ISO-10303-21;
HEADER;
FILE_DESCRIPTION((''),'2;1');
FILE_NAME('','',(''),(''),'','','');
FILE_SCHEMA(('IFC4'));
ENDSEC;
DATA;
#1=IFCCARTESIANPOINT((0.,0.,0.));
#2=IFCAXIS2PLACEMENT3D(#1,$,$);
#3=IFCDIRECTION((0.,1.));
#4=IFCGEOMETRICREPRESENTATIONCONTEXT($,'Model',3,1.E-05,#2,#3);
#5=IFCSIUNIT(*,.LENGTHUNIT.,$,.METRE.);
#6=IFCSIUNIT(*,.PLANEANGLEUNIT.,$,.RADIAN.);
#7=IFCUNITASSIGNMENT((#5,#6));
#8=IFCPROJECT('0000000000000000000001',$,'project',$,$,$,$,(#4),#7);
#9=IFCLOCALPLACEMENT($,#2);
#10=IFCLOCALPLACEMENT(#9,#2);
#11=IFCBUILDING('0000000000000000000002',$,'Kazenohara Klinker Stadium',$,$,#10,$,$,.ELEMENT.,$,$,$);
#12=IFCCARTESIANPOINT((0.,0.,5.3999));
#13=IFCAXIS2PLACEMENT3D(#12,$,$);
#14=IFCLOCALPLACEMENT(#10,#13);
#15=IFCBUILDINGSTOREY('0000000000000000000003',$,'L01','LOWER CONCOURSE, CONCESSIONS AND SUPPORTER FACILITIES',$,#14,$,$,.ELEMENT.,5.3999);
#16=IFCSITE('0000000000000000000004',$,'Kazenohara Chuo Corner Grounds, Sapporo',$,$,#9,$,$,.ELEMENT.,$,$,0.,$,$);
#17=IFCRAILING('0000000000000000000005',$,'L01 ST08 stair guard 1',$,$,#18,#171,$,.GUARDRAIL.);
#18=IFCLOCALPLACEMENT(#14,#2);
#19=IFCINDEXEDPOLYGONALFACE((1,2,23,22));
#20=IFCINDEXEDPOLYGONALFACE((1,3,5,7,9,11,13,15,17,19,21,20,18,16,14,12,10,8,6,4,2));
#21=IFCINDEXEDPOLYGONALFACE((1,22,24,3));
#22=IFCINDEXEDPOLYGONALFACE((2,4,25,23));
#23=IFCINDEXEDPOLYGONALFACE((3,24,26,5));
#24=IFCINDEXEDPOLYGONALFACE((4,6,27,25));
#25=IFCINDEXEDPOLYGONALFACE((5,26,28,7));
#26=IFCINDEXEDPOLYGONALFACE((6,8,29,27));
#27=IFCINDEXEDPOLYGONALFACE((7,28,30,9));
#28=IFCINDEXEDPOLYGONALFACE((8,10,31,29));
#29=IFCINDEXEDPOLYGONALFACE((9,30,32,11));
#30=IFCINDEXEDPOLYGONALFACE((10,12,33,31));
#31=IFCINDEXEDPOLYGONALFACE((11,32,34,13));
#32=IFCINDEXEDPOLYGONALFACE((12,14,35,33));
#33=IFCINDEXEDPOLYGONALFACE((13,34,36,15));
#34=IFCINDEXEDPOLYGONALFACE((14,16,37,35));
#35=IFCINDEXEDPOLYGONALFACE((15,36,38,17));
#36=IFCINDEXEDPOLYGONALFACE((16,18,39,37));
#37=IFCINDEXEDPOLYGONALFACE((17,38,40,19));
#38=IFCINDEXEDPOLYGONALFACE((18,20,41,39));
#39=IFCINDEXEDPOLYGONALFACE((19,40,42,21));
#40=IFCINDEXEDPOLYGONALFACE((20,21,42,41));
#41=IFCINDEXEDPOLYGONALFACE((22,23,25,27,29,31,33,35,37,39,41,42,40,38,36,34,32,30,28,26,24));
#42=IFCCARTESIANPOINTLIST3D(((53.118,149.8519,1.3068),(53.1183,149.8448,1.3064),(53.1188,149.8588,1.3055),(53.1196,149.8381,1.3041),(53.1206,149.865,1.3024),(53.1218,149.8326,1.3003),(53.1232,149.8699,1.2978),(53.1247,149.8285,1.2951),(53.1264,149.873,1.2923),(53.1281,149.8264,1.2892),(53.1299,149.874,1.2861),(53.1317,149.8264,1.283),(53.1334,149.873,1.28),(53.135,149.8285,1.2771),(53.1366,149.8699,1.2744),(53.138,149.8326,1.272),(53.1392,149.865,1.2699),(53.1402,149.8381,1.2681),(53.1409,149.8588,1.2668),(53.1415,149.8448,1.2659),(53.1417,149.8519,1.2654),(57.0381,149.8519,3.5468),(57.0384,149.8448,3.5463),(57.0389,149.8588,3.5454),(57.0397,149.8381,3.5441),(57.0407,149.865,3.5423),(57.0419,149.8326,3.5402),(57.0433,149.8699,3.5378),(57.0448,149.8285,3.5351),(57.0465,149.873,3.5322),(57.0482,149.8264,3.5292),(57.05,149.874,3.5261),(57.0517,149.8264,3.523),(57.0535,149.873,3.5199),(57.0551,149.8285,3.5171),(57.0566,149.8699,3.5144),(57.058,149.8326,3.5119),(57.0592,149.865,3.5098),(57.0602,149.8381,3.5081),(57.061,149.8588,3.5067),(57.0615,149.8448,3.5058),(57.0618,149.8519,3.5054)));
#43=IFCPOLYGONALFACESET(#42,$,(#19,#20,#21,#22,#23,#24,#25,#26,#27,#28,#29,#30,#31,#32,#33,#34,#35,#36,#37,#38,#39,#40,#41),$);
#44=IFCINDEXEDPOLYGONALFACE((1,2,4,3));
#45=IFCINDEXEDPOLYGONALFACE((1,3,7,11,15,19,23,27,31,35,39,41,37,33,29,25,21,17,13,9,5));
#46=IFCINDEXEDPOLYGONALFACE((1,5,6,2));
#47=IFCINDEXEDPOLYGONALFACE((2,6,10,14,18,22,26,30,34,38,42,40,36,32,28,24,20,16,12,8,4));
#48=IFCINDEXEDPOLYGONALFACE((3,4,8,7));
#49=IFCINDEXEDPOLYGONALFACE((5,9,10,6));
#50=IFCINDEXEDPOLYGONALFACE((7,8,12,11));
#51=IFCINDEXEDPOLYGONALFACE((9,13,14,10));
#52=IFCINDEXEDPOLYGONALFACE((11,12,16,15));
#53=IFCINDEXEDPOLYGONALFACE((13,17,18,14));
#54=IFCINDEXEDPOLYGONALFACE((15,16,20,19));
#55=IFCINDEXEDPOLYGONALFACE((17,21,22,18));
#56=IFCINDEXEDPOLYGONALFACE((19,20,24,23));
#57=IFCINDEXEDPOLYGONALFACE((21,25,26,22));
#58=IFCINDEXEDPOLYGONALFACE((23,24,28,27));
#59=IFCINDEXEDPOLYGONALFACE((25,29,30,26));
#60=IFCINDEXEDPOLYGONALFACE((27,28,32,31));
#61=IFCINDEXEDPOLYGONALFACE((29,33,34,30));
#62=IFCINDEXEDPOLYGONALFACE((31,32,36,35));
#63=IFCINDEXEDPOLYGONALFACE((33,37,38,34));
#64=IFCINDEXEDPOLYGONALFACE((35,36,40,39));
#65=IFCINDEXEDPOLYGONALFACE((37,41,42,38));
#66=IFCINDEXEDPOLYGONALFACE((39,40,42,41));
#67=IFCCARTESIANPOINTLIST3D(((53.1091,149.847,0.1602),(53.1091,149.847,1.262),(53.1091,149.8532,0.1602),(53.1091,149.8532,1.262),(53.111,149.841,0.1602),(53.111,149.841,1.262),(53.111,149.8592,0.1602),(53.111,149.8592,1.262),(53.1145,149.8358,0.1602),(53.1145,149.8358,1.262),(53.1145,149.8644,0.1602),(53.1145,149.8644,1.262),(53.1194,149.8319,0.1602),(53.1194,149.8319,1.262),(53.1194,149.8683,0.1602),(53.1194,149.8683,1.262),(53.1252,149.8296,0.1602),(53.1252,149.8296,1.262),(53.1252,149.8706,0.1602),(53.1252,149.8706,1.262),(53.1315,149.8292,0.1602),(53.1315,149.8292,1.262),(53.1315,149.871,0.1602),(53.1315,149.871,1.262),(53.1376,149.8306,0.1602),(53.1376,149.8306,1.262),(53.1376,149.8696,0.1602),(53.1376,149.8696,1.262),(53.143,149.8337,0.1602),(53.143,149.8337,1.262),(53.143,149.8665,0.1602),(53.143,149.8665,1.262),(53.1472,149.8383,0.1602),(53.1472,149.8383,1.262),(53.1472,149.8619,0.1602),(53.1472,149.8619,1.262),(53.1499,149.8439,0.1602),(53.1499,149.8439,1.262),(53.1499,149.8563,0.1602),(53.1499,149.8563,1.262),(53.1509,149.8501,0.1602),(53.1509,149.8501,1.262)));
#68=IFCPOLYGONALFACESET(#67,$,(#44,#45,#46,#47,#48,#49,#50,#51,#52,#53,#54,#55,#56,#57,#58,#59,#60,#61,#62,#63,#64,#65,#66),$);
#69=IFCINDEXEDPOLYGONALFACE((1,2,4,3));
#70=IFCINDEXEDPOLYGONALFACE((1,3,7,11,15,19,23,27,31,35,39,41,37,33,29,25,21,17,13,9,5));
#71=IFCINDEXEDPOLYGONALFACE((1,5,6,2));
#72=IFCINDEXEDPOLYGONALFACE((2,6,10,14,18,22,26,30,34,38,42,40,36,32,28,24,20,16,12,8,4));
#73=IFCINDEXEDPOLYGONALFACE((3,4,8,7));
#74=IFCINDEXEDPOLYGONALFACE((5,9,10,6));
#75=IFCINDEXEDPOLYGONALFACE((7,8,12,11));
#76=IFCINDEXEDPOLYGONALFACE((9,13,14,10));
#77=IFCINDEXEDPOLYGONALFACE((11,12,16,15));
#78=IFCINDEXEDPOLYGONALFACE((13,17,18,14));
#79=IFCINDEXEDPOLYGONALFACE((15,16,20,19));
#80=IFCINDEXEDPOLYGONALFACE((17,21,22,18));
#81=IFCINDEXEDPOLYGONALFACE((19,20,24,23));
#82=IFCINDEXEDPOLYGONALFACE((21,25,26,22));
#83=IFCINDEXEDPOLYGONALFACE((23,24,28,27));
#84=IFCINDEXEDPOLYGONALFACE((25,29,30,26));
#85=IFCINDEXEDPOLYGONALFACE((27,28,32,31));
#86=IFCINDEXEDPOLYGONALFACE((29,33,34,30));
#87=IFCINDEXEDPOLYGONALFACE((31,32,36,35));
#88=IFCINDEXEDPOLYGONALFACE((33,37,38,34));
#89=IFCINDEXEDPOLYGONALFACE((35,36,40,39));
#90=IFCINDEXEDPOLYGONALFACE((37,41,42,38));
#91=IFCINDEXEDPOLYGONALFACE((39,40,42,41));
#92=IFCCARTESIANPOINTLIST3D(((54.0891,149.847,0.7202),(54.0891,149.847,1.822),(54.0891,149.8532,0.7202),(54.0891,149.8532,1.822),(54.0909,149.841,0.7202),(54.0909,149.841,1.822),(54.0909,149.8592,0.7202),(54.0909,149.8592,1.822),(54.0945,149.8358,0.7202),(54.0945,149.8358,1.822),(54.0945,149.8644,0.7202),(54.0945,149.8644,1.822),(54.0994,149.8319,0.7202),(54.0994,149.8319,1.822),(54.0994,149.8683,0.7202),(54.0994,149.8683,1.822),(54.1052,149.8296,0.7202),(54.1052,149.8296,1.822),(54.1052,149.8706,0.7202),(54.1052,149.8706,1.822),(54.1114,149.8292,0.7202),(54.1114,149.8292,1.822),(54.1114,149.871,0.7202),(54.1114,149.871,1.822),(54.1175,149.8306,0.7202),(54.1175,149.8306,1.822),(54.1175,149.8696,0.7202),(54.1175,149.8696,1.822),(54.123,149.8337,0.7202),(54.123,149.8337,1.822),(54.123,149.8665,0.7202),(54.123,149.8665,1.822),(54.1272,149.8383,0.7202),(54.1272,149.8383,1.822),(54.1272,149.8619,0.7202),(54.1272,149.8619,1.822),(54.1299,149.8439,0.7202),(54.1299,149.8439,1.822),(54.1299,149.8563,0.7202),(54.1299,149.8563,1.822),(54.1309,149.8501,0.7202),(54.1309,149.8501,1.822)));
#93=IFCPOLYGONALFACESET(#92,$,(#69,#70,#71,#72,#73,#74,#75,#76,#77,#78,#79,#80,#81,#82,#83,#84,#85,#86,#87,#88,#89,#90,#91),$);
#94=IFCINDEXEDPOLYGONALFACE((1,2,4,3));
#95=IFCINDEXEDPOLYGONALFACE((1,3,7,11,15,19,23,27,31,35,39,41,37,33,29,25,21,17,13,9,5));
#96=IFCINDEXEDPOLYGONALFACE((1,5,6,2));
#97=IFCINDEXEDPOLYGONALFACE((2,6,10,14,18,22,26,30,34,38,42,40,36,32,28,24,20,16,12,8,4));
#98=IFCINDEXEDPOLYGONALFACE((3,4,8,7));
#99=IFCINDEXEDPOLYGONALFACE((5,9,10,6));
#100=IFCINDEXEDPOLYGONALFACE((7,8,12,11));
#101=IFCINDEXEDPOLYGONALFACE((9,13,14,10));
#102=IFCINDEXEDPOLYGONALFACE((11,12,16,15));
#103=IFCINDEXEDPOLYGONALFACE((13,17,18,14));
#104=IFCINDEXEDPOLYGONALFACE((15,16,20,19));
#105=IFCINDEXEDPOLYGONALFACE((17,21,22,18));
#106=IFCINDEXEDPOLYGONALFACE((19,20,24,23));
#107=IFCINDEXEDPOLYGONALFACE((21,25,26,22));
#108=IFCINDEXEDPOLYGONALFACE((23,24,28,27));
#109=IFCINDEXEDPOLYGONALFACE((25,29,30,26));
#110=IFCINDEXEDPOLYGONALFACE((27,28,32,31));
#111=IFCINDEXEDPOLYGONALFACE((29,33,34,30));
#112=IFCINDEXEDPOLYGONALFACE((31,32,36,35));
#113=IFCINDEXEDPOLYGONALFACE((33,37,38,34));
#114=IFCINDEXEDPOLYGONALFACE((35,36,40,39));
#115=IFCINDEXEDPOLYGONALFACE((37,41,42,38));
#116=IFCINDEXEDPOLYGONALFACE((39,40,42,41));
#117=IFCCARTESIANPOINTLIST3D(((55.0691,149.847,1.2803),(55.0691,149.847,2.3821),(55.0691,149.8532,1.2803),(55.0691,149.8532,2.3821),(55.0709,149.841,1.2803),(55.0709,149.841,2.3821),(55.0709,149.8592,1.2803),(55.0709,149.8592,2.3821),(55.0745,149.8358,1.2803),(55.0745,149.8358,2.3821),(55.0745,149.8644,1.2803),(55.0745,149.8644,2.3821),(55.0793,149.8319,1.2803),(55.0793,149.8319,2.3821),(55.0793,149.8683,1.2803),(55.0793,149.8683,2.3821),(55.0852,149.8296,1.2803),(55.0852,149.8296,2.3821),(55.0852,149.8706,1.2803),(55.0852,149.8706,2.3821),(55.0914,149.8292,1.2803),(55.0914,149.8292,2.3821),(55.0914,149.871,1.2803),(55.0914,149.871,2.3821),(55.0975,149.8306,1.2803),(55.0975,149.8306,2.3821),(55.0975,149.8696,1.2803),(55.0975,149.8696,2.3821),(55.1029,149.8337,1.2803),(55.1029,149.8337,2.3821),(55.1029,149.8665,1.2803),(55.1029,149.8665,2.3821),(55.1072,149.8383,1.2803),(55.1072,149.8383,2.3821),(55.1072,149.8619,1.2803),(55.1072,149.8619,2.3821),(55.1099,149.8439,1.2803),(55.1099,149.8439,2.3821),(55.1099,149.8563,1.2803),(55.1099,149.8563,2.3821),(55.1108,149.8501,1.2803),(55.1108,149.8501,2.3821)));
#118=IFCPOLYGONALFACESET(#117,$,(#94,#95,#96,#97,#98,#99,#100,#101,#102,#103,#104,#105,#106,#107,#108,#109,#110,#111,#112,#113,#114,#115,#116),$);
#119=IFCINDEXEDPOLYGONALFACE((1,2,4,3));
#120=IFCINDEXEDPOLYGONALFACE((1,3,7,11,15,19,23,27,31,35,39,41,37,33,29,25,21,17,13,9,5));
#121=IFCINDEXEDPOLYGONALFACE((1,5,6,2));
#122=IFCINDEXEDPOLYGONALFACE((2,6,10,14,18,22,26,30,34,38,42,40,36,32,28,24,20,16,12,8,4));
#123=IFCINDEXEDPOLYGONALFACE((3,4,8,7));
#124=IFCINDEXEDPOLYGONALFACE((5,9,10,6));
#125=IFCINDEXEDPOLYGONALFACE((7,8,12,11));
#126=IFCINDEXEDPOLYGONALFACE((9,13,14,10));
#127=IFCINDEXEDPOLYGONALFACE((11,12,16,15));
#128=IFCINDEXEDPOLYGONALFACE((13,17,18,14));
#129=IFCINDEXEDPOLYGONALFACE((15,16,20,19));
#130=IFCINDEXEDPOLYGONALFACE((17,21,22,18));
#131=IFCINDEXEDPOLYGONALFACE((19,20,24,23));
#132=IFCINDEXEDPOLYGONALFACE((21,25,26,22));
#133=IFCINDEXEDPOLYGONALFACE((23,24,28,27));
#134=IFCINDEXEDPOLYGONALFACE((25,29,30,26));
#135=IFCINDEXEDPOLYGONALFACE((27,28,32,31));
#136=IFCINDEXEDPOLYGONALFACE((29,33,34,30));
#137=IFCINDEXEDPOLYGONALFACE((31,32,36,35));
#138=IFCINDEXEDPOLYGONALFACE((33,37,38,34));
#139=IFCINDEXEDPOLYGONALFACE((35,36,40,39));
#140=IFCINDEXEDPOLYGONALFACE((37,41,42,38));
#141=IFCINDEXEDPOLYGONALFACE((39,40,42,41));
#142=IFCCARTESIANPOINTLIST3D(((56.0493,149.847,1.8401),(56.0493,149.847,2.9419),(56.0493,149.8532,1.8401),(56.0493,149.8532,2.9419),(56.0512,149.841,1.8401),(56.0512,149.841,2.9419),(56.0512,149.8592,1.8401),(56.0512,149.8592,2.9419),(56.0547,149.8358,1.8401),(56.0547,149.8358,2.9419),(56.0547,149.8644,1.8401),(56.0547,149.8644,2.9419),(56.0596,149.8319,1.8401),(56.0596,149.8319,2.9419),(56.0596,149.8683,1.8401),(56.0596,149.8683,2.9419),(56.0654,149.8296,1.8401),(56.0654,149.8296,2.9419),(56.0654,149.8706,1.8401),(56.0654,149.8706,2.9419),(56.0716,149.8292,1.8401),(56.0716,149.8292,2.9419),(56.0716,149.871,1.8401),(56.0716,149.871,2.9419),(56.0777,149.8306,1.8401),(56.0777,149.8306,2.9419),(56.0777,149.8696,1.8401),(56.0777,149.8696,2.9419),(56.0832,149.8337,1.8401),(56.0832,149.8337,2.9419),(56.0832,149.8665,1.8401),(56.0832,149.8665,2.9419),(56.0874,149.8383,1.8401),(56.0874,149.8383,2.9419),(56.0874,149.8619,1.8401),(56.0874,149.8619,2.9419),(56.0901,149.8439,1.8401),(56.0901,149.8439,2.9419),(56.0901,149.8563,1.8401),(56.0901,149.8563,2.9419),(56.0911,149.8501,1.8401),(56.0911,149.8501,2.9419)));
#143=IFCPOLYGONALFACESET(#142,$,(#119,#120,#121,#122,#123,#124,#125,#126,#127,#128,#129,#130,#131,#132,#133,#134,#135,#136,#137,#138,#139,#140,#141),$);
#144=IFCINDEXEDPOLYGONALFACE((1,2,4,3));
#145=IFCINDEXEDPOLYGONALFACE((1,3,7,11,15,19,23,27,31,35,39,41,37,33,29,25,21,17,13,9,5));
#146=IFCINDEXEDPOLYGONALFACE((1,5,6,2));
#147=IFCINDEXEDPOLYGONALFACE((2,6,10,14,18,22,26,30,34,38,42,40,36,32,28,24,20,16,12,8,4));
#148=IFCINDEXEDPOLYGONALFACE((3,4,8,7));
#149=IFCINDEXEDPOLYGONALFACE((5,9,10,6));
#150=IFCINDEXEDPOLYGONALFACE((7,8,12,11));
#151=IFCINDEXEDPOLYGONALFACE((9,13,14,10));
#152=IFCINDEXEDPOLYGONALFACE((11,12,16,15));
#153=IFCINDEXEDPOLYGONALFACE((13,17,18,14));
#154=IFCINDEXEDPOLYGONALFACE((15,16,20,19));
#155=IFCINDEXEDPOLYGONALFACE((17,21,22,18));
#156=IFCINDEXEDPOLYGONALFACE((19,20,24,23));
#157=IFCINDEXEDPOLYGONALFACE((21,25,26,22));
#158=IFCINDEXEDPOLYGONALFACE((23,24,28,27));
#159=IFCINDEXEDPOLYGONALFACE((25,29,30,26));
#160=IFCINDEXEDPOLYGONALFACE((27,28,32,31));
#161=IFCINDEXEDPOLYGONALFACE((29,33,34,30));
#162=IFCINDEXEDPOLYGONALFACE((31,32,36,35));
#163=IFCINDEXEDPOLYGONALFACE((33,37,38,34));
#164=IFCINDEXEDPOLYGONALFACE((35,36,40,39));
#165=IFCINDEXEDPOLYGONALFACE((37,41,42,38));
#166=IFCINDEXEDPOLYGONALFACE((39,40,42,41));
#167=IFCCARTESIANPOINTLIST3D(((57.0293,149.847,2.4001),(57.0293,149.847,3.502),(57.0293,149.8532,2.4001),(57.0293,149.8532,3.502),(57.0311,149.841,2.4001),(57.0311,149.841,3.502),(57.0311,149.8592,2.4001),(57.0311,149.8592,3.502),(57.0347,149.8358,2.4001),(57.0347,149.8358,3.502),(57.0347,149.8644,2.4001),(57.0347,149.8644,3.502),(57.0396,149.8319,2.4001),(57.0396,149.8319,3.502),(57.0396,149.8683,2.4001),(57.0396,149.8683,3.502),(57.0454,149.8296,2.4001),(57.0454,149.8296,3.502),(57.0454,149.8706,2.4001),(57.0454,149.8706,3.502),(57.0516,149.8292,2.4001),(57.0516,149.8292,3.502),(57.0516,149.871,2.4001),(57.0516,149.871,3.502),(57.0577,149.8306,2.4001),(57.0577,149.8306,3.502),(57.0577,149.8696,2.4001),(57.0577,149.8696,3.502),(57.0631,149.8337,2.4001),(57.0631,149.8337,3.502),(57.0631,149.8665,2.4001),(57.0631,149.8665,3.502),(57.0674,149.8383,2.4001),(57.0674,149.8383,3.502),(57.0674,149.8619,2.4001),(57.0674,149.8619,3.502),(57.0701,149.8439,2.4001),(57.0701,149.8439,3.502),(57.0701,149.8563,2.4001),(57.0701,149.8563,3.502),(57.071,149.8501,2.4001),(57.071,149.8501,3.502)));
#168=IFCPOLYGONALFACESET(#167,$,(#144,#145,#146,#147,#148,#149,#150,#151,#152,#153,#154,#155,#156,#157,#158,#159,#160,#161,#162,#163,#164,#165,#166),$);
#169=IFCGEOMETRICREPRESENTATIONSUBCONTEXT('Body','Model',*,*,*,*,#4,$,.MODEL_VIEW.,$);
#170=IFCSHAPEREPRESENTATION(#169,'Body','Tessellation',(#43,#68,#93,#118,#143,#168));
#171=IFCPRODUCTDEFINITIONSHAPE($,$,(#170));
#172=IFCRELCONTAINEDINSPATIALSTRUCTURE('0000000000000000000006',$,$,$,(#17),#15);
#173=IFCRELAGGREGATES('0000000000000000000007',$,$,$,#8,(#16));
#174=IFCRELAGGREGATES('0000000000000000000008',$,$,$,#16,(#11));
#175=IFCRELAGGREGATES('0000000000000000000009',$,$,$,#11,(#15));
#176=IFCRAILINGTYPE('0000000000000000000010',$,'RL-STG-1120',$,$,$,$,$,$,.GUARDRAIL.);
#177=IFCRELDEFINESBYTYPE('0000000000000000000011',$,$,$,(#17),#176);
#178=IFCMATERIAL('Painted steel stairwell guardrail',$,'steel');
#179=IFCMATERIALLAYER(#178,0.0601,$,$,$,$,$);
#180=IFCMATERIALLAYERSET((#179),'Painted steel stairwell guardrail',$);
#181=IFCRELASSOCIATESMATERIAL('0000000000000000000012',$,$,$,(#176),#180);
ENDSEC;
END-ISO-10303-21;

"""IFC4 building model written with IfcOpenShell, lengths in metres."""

from ifc_helpers import new_model, si_unit, direction, frame, origin, origin_2d, place, context, subcontext, project, spatial, circle, extrude, material, layer, layer_set, type_object, element, save


model = new_model("IFC4")

# Units and contexts
model_context = context("Model", 3, precision=1e-05, world=origin(), true_north=direction((0.0, 1.0)))
body_context = subcontext(model_context, "Body", "Model", "MODEL_VIEW")
ifc_project = project(units=[si_unit("LENGTHUNIT", "METRE"), si_unit("PLANEANGLEUNIT", "RADIAN")], contexts=[model_context])

# Site, building, storey
site_placement = place(None, origin())
site = spatial("IfcSite", under=ifc_project, at=site_placement, Name="Kazenohara Chuo Corner Grounds, Sapporo", CompositionType="ELEMENT", RefElevation=0.0)
building_placement = place(site_placement, origin())
building = spatial("IfcBuilding", under=site, at=building_placement, Name="Kazenohara Klinker Stadium", CompositionType="ELEMENT")
storey_placement = place(building_placement, frame((0.0, 0.0, 5.3999)))
storey = spatial("IfcBuildingStorey", under=building, at=storey_placement, Name="L01", Description="LOWER CONCOURSE, CONCESSIONS AND SUPPORTER FACILITIES", CompositionType="ELEMENT", Elevation=5.3999)

# Railing
ifc_material_1 = material(Name="Painted steel stairwell guardrail", Category="steel")
ifc_layer_1 = layer(ifc_material_1, 0.0601)
ifc_layer_set_1 = layer_set([ifc_layer_1], Name="Painted steel stairwell guardrail")
railing_type_1 = type_object("IfcRailingType", Name="RL-STG-1120", PredefinedType="GUARDRAIL", material=ifc_layer_set_1)
railing_1_placement = place(storey_placement, frame((53.1299, 149.8501, 0.1602)))
element("IfcRailing", 1, at=railing_1_placement, inside=storey, type_object=railing_type_1, Name="L01 ST08 stair guard 1", PredefinedType="GUARDRAIL", context=body_context, shape_type="SweptSolid", body=[
    extrude(circle(Radius=0.0239, at=origin_2d()), frame((0.0, 0.0, 1.126), z_axis=(0.868253, 0.0, 0.496121), x_axis=(0.0, 1.0, 0.0)), (0.0, 0.0, 1.0), 4.5149),
    extrude(circle(Radius=0.021, at=origin_2d()), origin(), (0.0, 0.0, 1.0), 1.1018),
    extrude(circle(Radius=0.021, at=origin_2d()), frame((0.98, 0.0, 0.5601)), (0.0, 0.0, 1.0), 1.1018),
    extrude(circle(Radius=0.021, at=origin_2d()), frame((1.96, 0.0, 1.1201)), (0.0, 0.0, 1.0), 1.1018),
    extrude(circle(Radius=0.021, at=origin_2d()), frame((2.9402, 0.0, 1.6799)), (0.0, 0.0, 1.0), 1.1018),
    extrude(circle(Radius=0.021, at=origin_2d()), frame((3.9202, 0.0, 2.24)), (0.0, 0.0, 1.0), 1.1018),
])

save(model, "model.ifc")
